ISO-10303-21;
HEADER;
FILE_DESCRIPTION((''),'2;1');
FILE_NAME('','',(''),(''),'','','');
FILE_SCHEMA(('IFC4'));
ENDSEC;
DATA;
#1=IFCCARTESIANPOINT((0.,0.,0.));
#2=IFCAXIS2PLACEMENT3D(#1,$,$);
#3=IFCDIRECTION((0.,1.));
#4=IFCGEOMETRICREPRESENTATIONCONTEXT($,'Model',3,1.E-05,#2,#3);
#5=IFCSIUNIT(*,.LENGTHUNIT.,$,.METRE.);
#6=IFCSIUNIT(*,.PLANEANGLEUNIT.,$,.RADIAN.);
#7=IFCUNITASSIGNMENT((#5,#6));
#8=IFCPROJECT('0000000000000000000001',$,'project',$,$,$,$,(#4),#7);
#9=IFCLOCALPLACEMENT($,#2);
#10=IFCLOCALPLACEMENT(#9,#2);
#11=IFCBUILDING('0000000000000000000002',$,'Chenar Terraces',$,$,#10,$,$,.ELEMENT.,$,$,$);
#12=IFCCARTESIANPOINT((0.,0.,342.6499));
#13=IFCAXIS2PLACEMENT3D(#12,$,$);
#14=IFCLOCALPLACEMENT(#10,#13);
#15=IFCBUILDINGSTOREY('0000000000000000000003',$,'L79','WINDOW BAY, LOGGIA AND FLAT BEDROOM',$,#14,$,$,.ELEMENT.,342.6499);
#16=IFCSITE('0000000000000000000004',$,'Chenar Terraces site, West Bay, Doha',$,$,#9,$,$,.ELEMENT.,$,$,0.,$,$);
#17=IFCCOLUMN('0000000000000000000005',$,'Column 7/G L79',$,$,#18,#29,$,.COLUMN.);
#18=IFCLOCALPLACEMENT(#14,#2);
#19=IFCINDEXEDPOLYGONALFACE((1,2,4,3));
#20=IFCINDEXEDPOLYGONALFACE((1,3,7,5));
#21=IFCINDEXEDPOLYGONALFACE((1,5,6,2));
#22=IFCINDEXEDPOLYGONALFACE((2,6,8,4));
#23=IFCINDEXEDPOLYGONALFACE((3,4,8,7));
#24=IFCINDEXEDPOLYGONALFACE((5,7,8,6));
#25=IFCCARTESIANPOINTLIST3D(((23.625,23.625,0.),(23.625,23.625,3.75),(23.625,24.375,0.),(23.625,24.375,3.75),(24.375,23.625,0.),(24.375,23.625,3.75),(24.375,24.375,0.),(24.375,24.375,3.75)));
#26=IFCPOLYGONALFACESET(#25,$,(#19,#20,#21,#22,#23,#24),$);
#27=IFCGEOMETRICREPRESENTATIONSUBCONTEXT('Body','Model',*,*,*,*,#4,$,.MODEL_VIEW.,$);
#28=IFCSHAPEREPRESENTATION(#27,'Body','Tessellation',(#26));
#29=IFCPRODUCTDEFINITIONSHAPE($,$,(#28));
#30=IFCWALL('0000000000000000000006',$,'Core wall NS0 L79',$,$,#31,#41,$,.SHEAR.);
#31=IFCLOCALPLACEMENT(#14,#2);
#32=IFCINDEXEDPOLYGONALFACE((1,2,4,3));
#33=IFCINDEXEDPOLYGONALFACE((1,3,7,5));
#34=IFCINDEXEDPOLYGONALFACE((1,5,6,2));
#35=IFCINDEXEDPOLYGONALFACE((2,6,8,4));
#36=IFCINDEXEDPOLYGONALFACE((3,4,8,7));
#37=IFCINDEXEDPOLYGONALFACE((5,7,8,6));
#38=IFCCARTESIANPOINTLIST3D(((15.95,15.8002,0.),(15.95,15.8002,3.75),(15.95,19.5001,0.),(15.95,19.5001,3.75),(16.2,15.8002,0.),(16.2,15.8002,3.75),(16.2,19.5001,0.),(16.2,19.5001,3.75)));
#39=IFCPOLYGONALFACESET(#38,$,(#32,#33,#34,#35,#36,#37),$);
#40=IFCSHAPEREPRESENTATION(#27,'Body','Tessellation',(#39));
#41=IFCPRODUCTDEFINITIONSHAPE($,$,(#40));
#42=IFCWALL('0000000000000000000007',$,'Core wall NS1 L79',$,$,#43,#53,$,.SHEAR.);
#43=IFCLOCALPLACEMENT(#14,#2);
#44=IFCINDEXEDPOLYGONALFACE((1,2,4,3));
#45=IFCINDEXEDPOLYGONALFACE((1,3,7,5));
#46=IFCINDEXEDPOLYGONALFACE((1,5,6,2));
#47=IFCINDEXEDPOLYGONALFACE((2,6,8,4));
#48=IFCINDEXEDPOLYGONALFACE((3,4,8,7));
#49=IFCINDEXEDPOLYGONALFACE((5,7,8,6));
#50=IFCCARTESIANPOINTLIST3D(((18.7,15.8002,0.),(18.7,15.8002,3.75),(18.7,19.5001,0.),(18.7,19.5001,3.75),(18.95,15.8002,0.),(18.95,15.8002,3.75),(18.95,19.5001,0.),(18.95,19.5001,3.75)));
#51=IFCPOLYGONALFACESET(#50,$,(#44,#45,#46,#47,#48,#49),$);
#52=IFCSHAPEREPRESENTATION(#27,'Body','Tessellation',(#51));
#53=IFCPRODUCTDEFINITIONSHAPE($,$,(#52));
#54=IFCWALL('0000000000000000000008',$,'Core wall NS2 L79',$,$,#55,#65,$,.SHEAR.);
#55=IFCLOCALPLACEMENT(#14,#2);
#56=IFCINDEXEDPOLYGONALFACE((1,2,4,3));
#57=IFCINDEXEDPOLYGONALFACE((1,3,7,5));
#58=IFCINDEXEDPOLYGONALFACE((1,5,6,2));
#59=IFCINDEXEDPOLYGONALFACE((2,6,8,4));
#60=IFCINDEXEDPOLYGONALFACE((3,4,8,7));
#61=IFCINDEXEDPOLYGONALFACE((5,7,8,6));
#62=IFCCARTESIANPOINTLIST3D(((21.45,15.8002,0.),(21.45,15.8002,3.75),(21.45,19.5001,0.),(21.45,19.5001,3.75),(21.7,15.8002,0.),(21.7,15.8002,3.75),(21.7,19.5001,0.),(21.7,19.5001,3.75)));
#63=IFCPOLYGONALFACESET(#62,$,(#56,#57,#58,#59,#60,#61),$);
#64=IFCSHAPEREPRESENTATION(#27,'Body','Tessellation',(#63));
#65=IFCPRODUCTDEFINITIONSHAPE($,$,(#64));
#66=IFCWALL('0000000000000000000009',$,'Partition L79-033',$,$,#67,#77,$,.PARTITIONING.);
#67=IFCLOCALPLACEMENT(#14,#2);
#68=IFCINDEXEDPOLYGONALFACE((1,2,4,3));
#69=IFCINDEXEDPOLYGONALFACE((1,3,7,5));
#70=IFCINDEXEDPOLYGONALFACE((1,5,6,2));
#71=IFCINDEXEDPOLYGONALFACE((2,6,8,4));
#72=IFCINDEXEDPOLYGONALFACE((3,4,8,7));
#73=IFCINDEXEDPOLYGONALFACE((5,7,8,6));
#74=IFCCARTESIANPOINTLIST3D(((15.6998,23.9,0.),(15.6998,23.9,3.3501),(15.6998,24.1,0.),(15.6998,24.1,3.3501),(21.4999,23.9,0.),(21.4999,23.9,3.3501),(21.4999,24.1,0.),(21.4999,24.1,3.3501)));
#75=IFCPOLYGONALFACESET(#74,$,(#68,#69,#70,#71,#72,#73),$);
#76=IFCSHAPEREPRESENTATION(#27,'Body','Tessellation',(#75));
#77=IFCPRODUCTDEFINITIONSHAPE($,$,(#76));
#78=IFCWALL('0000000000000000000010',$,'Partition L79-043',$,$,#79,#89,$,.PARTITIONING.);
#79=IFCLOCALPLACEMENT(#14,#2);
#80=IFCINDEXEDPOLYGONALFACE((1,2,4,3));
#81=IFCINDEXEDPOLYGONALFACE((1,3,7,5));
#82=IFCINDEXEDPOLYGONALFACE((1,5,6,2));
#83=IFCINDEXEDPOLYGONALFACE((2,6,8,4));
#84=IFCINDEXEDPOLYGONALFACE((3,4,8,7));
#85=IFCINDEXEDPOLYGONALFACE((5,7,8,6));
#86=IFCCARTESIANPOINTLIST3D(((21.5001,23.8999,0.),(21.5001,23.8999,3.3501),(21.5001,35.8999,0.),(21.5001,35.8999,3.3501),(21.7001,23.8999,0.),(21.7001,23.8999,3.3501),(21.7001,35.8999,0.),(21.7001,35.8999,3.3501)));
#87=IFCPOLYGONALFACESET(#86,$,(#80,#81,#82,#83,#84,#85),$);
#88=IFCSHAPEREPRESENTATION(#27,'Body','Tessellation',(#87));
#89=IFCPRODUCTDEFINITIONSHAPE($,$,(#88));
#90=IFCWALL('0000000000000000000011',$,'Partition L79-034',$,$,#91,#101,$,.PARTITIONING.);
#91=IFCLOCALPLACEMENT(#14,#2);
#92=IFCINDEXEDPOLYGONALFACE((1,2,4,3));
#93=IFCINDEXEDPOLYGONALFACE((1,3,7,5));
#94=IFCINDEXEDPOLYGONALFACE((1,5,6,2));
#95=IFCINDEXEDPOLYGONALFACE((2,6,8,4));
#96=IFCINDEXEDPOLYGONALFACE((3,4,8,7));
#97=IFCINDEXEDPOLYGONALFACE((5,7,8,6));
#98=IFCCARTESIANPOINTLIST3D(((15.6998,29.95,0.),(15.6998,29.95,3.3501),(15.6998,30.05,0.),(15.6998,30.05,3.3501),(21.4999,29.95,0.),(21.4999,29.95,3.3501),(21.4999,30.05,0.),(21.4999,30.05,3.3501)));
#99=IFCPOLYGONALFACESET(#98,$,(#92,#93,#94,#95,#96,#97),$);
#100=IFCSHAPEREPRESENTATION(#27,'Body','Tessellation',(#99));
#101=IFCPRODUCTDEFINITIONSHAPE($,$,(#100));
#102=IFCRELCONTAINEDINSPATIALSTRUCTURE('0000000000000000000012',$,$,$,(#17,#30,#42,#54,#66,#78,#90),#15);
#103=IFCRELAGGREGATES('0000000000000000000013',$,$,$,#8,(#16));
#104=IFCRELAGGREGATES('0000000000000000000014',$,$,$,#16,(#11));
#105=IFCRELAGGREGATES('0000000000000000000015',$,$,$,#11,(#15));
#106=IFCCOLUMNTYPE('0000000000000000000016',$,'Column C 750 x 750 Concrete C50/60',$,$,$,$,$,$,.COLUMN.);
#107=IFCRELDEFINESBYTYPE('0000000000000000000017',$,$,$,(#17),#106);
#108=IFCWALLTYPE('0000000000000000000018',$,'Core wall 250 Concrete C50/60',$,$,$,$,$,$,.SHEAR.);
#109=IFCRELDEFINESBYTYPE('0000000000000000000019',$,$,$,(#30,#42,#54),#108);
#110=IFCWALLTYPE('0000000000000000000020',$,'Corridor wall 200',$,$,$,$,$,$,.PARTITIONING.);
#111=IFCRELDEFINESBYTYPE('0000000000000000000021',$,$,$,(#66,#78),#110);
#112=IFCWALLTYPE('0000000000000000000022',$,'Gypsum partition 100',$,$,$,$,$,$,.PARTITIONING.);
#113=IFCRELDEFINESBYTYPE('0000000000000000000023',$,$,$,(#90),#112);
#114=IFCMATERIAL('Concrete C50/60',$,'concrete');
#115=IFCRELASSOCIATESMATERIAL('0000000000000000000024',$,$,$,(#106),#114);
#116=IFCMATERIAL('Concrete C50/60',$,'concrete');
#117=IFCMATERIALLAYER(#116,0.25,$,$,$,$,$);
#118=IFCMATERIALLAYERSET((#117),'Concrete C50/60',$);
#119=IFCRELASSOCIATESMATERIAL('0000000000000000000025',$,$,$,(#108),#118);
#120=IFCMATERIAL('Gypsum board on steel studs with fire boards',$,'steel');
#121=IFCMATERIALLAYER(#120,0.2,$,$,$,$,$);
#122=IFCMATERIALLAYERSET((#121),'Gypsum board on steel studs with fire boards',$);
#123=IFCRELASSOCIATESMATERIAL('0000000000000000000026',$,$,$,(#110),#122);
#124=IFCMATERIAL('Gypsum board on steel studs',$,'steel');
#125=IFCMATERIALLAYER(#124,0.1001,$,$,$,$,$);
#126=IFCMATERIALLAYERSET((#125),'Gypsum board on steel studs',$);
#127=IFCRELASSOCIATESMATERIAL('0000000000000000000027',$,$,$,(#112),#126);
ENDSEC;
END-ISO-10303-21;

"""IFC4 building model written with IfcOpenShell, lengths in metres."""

from ifc_helpers import new_model, si_unit, direction, frame, frame_2d, origin, origin_2d, place, context, subcontext, project, spatial, rectangle, extrude, material, layer, layer_set, material_profile, profile_set, type_object, element, save


model = new_model("IFC4")

# Units and contexts
model_context = context("Model", 3, precision=1e-05, world=origin(), true_north=direction((0.0, 1.0)))
body_context = subcontext(model_context, "Body", "Model", "MODEL_VIEW")
ifc_project = project(units=[si_unit("LENGTHUNIT", "METRE"), si_unit("PLANEANGLEUNIT", "RADIAN")], contexts=[model_context])

# Site, building, storey
site_placement = place(None, origin())
site = spatial("IfcSite", under=ifc_project, at=site_placement, Name="Chenar Terraces site, West Bay, Doha", CompositionType="ELEMENT", RefElevation=0.0)
building_placement = place(site_placement, origin())
building = spatial("IfcBuilding", under=site, at=building_placement, Name="Chenar Terraces", CompositionType="ELEMENT")
storey_placement = place(building_placement, frame((0.0, 0.0, 342.6499)))
storey = spatial("IfcBuildingStorey", under=building, at=storey_placement, Name="L79", Description="WINDOW BAY, LOGGIA AND FLAT BEDROOM", CompositionType="ELEMENT", Elevation=342.6499)

# Column
ifc_material_1 = material(Name="Concrete C50/60", Category="concrete")
ifc_material_profile = material_profile(ifc_material_1, rectangle(XDim=0.75, YDim=0.75, at=origin_2d()), Name="C 750 x 750")
ifc_profile_set = profile_set([ifc_material_profile], Name="Concrete C50/60")
column_type = type_object("IfcColumnType", Name="Column C 750 x 750 Concrete C50/60", PredefinedType="COLUMN", material=ifc_profile_set)
column_placement = place(storey_placement, frame((24.0, 24.0, 0.0), z_axis=(0.0, 0.0, 1.0), x_axis=(1.0, 0.0, 0.0)))
element("IfcColumn", 1, at=column_placement, inside=storey, type_object=column_type, Name="Column 7/G L79", PredefinedType="COLUMN", context=body_context, shape_type="SweptSolid", body=[
    extrude(rectangle(XDim=0.75, YDim=0.75, at=origin_2d()), origin(), (0.0, 0.0, 1.0), 3.75),
])

# Walls
ifc_material_2 = material(Name="Concrete C50/60", Category="concrete")
ifc_layer_1 = layer(ifc_material_2, 0.25)
ifc_layer_set_1 = layer_set([ifc_layer_1], Name="Concrete C50/60")
wall_type_1 = type_object("IfcWallType", Name="Core wall 250 Concrete C50/60", PredefinedType="SHEAR", material=ifc_layer_set_1)
for number, where, z_axis, x_axis, name in (
    (2, (16.075, 15.8, 0.0), (0.0, 0.0, 1.0), (0.0, 1.0, 0.0), "Core wall NS0 L79"),
    (3, (18.825, 15.8, 0.0), (0.0, 0.0, 1.0), (0.0, 1.0, 0.0), "Core wall NS1 L79"),
    (4, (21.575, 15.8, 0.0), (0.0, 0.0, 1.0), (0.0, 1.0, 0.0), "Core wall NS2 L79"),
):
    element("IfcWall", number, at=place(storey_placement, frame(where, z_axis=z_axis, x_axis=x_axis)), inside=storey, type_object=wall_type_1, Name=name, PredefinedType="SHEAR", context=body_context, shape_type="SweptSolid", body=[
        extrude(rectangle(XDim=3.7, YDim=0.25, at=frame_2d((1.8501, 0.0))), origin(), (0.0, 0.0, 1.0), 3.75),
    ])
ifc_material_3 = material(Name="Gypsum board on steel studs with fire boards", Category="steel")
ifc_layer_2 = layer(ifc_material_3, 0.2)
ifc_layer_set_2 = layer_set([ifc_layer_2], Name="Gypsum board on steel studs with fire boards")
wall_type_2 = type_object("IfcWallType", Name="Corridor wall 200", PredefinedType="PARTITIONING", material=ifc_layer_set_2)
wall_1_placement = place(storey_placement, frame((15.7, 24.0, 0.0), z_axis=(0.0, 0.0, 1.0), x_axis=(1.0, 0.0, 0.0)))
element("IfcWall", 5, at=wall_1_placement, inside=storey, type_object=wall_type_2, Name="Partition L79-033", PredefinedType="PARTITIONING", context=body_context, shape_type="SweptSolid", body=[
    extrude(rectangle(XDim=5.8, YDim=0.2, at=frame_2d((2.8999, 0.0))), origin(), (0.0, 0.0, 1.0), 3.3501),
])
wall_2_placement = place(storey_placement, frame((21.6001, 23.8999, 0.0), z_axis=(0.0, 0.0, 1.0), x_axis=(0.0, 1.0, 0.0)))
element("IfcWall", 6, at=wall_2_placement, inside=storey, type_object=wall_type_2, Name="Partition L79-043", PredefinedType="PARTITIONING", context=body_context, shape_type="SweptSolid", body=[
    extrude(rectangle(XDim=12.0, YDim=0.2, at=frame_2d((6.0, 0.0))), origin(), (0.0, 0.0, 1.0), 3.3501),
])
ifc_material_4 = material(Name="Gypsum board on steel studs", Category="steel")
ifc_layer_3 = layer(ifc_material_4, 0.1001)
ifc_layer_set_3 = layer_set([ifc_layer_3], Name="Gypsum board on steel studs")
wall_type_3 = type_object("IfcWallType", Name="Gypsum partition 100", PredefinedType="PARTITIONING", material=ifc_layer_set_3)
wall_3_placement = place(storey_placement, frame((15.7, 30.0, 0.0), z_axis=(0.0, 0.0, 1.0), x_axis=(1.0, 0.0, 0.0)))
element("IfcWall", 7, at=wall_3_placement, inside=storey, type_object=wall_type_3, Name="Partition L79-034", PredefinedType="PARTITIONING", context=body_context, shape_type="SweptSolid", body=[
    extrude(rectangle(XDim=5.8, YDim=0.1001, at=frame_2d((2.8999, 0.0))), origin(), (0.0, 0.0, 1.0), 3.3501),
])

save(model, "model.ifc")
